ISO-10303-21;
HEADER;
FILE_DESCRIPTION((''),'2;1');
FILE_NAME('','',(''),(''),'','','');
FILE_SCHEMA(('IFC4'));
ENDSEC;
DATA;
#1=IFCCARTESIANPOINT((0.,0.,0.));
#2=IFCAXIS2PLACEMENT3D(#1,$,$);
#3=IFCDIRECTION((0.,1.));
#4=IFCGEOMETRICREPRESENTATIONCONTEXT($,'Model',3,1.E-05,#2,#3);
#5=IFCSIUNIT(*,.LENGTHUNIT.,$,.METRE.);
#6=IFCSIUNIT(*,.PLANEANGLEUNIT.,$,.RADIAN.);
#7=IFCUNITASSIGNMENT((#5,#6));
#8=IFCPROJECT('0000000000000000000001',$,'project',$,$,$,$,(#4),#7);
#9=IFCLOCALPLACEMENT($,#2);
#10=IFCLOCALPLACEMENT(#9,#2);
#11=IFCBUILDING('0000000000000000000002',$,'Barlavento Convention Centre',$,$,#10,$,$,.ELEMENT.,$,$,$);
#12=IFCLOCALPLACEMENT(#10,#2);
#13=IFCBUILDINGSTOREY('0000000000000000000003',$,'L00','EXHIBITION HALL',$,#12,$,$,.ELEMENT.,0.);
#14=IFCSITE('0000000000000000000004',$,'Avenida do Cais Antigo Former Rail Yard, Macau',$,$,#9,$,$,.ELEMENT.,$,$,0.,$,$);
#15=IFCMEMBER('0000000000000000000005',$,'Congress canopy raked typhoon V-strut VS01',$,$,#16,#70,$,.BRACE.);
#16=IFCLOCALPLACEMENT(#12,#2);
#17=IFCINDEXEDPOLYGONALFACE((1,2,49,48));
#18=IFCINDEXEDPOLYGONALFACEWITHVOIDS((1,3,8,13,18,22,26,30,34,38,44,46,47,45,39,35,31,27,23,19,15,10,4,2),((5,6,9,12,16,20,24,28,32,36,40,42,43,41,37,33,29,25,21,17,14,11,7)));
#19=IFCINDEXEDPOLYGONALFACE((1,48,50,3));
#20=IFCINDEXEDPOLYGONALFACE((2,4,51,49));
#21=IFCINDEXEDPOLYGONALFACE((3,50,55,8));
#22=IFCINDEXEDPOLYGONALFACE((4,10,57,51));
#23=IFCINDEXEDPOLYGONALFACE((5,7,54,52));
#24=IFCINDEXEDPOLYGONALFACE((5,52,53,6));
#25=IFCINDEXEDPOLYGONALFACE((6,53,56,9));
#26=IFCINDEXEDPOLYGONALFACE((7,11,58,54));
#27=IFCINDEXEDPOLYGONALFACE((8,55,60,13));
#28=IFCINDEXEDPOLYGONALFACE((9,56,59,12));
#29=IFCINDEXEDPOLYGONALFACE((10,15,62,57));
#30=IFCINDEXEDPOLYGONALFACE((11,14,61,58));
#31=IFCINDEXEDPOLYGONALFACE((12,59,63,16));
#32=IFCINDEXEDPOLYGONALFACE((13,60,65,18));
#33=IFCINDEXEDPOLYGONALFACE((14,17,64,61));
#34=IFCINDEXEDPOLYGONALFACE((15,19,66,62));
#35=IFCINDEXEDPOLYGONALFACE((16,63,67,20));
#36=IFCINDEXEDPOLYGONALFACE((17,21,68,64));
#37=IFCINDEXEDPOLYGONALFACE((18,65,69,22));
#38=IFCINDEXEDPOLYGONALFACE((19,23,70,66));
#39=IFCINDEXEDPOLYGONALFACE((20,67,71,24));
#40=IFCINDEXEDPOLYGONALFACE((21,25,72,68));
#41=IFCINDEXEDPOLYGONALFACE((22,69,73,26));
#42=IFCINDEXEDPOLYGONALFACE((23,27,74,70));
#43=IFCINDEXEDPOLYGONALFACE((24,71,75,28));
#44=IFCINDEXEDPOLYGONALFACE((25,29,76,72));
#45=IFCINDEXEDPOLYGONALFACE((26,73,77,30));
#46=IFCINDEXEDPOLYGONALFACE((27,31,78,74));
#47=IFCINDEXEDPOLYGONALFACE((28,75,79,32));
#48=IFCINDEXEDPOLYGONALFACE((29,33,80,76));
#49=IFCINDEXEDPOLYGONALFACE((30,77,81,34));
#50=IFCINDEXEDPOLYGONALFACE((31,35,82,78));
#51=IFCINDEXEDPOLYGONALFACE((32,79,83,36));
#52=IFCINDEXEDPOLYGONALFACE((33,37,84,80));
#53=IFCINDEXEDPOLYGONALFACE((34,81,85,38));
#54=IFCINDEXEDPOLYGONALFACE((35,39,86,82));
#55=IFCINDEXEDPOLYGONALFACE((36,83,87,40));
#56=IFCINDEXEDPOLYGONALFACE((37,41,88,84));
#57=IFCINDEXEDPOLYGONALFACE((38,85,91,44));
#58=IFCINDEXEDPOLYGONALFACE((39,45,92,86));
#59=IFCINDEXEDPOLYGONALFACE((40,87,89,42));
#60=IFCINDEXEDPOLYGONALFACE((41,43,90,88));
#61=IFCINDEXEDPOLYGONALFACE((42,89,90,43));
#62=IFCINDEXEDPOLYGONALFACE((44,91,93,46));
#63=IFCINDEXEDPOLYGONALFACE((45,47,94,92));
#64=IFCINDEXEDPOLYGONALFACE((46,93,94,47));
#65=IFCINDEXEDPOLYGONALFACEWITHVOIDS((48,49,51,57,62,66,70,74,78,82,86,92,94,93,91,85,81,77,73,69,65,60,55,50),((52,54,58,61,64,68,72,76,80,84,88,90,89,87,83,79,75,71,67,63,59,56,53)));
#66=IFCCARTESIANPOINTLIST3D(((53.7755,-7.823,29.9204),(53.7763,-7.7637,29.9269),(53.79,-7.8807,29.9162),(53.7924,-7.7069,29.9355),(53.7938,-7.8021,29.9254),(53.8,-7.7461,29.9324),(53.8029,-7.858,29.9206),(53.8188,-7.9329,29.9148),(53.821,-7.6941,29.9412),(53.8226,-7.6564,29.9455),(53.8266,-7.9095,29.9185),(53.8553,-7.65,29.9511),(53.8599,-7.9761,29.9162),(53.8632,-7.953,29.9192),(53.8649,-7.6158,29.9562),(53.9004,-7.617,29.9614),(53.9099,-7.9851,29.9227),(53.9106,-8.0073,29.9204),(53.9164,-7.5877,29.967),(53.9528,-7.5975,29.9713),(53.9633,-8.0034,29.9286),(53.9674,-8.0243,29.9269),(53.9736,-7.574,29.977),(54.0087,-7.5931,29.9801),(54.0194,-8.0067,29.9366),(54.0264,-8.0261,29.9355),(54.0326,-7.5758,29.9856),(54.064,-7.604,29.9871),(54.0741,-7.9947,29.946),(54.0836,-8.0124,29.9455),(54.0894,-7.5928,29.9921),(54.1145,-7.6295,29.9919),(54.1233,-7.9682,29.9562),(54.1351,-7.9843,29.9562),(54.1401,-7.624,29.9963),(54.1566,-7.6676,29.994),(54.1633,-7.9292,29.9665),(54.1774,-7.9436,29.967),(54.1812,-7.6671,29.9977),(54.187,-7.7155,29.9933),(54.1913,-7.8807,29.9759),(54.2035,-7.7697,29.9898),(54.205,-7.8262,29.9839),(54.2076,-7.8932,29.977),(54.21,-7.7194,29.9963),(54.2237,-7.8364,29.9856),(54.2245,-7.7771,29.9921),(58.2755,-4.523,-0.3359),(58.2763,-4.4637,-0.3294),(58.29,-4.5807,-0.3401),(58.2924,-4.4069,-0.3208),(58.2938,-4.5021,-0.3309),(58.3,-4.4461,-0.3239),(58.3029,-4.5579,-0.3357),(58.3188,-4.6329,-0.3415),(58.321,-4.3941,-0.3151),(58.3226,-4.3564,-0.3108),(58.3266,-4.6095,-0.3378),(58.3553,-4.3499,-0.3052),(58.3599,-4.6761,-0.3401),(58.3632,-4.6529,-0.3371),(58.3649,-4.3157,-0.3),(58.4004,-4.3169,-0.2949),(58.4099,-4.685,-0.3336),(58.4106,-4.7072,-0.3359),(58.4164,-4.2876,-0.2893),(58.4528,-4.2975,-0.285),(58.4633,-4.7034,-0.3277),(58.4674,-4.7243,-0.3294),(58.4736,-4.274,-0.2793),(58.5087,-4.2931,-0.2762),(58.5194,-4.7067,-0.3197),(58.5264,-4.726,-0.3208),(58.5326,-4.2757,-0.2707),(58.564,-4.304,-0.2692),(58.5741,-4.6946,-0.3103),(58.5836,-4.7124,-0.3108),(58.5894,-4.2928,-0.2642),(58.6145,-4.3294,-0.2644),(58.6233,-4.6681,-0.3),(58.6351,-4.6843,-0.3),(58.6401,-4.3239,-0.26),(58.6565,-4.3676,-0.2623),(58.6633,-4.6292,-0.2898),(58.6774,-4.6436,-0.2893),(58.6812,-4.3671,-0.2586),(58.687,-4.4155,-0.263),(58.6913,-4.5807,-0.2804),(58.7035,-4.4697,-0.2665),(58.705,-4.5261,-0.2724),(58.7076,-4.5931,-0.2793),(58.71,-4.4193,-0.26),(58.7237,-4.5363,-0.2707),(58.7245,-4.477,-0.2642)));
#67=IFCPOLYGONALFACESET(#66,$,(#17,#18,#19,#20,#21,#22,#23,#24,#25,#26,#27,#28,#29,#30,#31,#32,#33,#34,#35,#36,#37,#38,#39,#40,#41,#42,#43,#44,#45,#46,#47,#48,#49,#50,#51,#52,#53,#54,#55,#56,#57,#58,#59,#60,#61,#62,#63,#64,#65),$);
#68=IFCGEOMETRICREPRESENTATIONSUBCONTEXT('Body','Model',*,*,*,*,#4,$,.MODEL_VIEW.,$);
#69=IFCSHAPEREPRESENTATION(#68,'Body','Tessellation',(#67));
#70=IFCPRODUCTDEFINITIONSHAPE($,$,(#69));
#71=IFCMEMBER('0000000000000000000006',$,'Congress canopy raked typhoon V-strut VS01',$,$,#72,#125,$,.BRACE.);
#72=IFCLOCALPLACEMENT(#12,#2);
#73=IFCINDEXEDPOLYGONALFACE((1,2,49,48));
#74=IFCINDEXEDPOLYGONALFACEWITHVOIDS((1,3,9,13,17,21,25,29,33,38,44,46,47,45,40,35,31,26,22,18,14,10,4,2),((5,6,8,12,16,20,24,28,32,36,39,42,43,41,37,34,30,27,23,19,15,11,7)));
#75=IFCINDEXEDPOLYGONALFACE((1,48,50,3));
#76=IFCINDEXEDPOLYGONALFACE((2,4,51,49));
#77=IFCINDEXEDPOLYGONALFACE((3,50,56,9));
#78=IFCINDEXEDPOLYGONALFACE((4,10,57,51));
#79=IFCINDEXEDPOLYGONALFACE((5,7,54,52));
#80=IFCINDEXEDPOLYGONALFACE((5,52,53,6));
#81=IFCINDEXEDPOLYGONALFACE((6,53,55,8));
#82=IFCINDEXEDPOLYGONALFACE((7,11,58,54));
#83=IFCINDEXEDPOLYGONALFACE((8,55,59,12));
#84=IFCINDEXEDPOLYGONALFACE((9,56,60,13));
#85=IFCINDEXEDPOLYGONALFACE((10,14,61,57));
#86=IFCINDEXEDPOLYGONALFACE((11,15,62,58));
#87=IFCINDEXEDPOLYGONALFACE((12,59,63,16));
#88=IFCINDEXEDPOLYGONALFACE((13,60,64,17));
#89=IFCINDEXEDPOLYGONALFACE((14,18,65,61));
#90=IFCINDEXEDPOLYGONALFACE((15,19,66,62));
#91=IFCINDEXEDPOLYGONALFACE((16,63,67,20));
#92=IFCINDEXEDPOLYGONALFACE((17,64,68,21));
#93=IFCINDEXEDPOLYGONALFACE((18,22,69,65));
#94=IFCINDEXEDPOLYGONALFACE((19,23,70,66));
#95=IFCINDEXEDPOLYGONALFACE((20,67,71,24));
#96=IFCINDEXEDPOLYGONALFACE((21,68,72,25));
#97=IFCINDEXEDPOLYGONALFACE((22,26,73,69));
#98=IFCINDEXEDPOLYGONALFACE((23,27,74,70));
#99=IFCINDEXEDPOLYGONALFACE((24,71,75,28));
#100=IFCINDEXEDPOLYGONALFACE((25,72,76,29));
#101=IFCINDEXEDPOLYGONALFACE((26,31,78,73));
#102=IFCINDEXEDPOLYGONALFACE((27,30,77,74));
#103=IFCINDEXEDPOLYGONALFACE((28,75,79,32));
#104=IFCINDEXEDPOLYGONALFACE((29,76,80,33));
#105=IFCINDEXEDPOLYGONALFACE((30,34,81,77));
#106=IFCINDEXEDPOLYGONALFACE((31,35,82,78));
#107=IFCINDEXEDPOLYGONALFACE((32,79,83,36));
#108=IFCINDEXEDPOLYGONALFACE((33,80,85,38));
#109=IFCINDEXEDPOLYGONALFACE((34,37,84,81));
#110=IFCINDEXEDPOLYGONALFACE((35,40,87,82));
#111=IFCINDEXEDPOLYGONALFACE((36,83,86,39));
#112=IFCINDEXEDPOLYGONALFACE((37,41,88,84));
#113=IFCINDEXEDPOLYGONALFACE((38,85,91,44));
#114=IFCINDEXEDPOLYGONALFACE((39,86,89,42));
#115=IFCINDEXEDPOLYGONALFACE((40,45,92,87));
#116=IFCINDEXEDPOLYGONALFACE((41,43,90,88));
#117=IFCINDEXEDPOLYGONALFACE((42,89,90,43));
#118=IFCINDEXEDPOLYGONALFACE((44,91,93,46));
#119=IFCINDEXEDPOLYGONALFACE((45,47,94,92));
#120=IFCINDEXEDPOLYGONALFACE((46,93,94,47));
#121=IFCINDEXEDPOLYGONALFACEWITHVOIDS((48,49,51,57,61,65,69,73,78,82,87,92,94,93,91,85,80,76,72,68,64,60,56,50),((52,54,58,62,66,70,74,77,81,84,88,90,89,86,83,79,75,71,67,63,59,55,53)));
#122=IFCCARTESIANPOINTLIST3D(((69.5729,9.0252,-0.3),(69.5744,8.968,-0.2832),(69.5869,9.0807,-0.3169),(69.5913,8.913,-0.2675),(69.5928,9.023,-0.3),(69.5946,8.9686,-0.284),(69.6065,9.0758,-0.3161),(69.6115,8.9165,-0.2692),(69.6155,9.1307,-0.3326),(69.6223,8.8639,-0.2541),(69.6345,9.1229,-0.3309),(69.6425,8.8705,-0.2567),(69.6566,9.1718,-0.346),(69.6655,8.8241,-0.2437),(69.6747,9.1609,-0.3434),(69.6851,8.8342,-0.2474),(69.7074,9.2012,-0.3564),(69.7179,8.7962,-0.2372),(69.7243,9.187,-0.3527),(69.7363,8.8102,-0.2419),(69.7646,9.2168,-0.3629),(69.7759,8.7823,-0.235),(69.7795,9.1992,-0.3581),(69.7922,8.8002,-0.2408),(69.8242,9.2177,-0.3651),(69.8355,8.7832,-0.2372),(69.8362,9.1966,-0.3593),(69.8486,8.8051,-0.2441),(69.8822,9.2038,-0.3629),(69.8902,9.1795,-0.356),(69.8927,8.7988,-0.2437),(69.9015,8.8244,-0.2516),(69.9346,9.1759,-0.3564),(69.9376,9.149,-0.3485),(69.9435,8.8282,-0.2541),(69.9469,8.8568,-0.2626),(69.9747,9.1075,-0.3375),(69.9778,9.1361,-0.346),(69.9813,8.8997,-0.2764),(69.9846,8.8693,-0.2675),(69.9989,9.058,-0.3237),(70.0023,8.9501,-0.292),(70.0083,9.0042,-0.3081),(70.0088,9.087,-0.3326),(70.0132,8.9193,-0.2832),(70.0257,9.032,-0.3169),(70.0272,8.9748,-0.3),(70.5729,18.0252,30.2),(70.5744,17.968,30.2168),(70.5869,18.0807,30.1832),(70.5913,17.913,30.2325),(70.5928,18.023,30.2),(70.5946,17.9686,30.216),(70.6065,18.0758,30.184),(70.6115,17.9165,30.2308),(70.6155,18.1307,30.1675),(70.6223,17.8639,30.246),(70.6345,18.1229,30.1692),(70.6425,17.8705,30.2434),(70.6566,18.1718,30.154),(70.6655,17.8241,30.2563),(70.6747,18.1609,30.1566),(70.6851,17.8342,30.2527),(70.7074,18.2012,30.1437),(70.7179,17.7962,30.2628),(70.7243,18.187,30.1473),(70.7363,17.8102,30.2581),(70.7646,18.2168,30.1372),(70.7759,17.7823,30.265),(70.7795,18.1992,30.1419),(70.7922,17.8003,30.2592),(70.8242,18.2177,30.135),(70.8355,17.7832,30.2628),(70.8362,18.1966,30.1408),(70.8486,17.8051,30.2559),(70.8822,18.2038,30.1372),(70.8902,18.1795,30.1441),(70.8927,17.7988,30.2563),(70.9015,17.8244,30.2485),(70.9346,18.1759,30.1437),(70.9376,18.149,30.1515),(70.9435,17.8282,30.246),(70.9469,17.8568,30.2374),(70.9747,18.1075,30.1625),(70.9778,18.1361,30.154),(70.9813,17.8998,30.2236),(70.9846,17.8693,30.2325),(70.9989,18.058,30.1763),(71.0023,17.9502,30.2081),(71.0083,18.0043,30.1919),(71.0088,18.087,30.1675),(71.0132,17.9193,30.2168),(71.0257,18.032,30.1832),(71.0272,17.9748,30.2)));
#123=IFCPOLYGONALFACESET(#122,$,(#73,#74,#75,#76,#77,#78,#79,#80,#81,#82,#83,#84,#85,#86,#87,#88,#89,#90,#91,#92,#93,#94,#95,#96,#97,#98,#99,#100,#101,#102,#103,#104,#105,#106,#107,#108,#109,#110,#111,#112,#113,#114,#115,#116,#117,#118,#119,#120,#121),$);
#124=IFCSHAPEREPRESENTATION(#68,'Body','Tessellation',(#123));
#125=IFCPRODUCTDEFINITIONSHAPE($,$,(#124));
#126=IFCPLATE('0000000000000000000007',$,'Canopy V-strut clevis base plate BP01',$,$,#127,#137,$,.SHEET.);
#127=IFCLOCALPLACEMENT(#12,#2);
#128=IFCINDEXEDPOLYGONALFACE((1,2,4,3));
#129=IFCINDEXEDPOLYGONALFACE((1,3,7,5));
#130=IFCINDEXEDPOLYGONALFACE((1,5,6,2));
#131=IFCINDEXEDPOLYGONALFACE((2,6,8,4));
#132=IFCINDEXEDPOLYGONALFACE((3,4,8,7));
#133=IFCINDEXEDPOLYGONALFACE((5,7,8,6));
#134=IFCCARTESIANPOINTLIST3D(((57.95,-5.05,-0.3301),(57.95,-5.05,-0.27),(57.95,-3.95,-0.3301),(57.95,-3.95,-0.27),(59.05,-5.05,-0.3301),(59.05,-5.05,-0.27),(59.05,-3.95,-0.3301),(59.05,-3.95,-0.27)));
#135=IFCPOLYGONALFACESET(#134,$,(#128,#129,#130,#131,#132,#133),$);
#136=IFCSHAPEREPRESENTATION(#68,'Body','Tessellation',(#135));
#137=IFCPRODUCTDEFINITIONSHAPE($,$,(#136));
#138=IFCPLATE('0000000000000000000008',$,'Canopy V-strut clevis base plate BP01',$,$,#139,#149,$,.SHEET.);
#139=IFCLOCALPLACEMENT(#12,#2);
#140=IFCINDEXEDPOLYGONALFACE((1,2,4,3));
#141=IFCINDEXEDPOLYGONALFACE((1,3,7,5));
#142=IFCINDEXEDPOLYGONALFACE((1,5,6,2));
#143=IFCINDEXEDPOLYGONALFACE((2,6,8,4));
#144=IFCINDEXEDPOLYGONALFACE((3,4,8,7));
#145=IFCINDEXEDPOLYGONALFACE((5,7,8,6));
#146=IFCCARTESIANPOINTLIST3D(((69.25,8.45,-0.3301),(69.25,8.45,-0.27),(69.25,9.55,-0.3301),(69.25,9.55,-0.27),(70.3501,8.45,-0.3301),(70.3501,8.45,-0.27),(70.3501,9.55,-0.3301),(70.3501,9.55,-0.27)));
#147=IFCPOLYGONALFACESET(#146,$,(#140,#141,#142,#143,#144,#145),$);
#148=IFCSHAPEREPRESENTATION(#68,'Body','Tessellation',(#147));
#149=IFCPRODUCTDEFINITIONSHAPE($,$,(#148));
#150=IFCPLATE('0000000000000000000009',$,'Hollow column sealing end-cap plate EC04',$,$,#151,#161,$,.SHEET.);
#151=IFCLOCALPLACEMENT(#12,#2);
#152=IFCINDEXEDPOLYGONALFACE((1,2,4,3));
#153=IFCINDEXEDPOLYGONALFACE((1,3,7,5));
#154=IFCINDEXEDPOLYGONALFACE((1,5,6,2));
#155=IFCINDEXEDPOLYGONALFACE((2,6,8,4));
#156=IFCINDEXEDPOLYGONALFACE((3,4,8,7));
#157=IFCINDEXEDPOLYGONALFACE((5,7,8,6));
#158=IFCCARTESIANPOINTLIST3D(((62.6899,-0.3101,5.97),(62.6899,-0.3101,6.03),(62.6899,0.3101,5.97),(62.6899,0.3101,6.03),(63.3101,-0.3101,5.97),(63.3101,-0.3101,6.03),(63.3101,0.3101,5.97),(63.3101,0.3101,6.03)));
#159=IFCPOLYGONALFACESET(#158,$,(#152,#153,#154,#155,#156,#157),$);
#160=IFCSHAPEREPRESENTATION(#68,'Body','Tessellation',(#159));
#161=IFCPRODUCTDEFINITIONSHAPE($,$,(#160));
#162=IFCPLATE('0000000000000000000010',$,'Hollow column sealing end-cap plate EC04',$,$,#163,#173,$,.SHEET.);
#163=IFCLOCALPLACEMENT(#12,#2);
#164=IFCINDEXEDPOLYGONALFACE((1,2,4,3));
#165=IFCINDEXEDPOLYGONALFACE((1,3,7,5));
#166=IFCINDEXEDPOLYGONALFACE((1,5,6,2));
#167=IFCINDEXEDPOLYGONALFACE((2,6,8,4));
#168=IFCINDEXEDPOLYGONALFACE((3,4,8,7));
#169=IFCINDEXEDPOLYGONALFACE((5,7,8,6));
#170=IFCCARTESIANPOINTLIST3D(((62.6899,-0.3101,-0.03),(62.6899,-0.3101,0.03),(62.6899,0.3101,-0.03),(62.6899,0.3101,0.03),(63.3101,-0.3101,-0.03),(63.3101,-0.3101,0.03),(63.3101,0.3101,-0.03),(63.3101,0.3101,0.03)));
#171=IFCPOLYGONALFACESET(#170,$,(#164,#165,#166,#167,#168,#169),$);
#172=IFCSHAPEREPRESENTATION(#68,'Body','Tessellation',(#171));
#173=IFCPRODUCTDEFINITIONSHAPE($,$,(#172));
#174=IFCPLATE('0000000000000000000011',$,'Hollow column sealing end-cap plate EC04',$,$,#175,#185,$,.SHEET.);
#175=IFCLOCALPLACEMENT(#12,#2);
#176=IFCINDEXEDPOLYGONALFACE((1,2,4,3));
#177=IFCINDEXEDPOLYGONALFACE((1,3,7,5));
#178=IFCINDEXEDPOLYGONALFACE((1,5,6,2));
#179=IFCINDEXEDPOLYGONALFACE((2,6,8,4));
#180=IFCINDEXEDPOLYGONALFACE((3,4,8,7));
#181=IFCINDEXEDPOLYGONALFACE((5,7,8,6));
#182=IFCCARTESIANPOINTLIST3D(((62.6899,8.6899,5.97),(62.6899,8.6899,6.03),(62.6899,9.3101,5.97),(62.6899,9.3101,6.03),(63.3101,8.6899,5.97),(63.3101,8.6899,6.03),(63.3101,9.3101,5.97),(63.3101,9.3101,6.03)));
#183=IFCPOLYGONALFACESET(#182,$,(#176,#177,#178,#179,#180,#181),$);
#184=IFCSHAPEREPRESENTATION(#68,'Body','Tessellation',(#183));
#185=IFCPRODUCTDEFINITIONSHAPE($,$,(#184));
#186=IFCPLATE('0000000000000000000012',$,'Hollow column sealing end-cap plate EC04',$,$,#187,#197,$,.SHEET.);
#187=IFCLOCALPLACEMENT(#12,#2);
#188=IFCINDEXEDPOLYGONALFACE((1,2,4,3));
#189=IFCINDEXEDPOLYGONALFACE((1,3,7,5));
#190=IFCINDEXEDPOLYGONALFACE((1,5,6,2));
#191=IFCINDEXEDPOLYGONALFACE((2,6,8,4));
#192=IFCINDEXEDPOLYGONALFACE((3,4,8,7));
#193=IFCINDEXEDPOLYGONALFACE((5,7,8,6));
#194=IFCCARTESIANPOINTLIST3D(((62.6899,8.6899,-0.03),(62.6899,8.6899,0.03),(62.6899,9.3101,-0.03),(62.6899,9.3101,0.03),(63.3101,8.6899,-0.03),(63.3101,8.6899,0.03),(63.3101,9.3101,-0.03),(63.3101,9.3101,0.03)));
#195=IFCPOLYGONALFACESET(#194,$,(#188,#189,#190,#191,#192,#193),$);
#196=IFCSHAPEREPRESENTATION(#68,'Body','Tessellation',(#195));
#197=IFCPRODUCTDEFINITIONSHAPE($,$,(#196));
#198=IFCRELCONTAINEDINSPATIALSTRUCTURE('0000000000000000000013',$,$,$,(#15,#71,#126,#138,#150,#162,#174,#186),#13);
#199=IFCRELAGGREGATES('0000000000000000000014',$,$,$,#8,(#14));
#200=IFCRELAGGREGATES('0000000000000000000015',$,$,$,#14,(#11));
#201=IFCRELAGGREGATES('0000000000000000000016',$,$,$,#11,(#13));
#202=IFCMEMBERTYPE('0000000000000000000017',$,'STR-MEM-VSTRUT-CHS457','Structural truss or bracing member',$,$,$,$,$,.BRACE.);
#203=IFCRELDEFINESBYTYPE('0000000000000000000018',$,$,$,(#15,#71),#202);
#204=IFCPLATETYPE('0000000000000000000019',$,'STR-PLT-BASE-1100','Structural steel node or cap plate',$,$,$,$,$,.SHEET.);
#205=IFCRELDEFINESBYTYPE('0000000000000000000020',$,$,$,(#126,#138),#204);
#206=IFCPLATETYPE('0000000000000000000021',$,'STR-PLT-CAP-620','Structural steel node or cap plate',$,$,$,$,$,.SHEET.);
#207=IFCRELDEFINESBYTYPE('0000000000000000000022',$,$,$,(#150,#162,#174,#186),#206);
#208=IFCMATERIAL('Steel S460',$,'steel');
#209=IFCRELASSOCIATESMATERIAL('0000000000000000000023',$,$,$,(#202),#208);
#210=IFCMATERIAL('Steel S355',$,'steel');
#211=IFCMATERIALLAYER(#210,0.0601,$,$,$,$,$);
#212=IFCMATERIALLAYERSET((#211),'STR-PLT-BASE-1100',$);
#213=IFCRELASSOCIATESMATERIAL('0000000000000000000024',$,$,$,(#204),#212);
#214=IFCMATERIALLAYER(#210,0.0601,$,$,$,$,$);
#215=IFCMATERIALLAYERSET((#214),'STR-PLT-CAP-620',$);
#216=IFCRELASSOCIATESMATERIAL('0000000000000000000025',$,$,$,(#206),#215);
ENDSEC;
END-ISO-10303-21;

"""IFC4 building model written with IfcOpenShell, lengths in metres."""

from ifc_helpers import new_model, si_unit, direction, frame, origin, origin_2d, place, context, subcontext, project, spatial, rectangle, hollow_circle, extrude, material, layer, layer_set, material_profile, profile_set, type_object, element, save


model = new_model("IFC4")

# Units and contexts
model_context = context("Model", 3, precision=1e-05, world=origin(), true_north=direction((0.0, 1.0)))
body_context = subcontext(model_context, "Body", "Model", "MODEL_VIEW")
ifc_project = project(units=[si_unit("LENGTHUNIT", "METRE"), si_unit("PLANEANGLEUNIT", "RADIAN")], contexts=[model_context])

# Site, building, storey
site_placement = place(None, origin())
site = spatial("IfcSite", under=ifc_project, at=site_placement, Name="Avenida do Cais Antigo Former Rail Yard, Macau", CompositionType="ELEMENT", RefElevation=0.0)
building_placement = place(site_placement, origin())
building = spatial("IfcBuilding", under=site, at=building_placement, Name="Barlavento Convention Centre", CompositionType="ELEMENT")
storey_placement = place(building_placement, origin())
storey = spatial("IfcBuildingStorey", under=building, at=storey_placement, Name="L00", Description="EXHIBITION HALL", CompositionType="ELEMENT", Elevation=0.0)

# Shared definitions
ifc_material_1 = material(Name="Steel S460", Category="steel")

# Shared definitions
ifc_material_2 = material(Name="Steel S355", Category="steel")

# Members
ifc_material_profile_1 = material_profile(ifc_material_1, hollow_circle(Radius=0.2285, WallThickness=0.02, at=origin_2d()), Name="CHS 457.0x20.0")
ifc_profile_set_1 = profile_set([ifc_material_profile_1], Name="Steel S460")
member_type_1 = type_object("IfcMemberType", Name="STR-MEM-VSTRUT-CHS457", Description="Structural truss or bracing member", PredefinedType="BRACE", material=ifc_profile_set_1)
member_1_placement = place(storey_placement, frame((58.5, -4.5, -0.3), z_axis=(-0.146262, -0.107261, 0.983414), x_axis=(0.591369, -0.806401, 0.0)))
element("IfcMember", 1, at=member_1_placement, inside=storey, type_object=member_type_1, Name="Congress canopy raked typhoon V-strut VS01", PredefinedType="BRACE", context=body_context, shape_type="SweptSolid", body=[
    extrude(hollow_circle(Radius=0.2285, WallThickness=0.02, at=origin_2d()), origin(), (0.0, 0.0, 1.0), 30.7666),
])
member_2_placement = place(storey_placement, frame((69.8, 9.0, -0.3), z_axis=(0.031431, 0.282878, 0.958641), x_axis=(-0.993884, 0.110432, 0.0)))
element("IfcMember", 2, at=member_2_placement, inside=storey, type_object=member_type_1, Name="Congress canopy raked typhoon V-strut VS01", PredefinedType="BRACE", context=body_context, shape_type="SweptSolid", body=[
    extrude(hollow_circle(Radius=0.2285, WallThickness=0.02, at=origin_2d()), origin(), (0.0, 0.0, 1.0), 31.8159),
])

# Plates
ifc_layer_1 = layer(ifc_material_2, 0.0601)
ifc_layer_set_1 = layer_set([ifc_layer_1], Name="STR-PLT-BASE-1100")
plate_type_1 = type_object("IfcPlateType", Name="STR-PLT-BASE-1100", Description="Structural steel node or cap plate", PredefinedType="SHEET", material=ifc_layer_set_1)
for number, where, z_axis, x_axis, name in (
    (3, (58.5, -4.5, -0.3301), (0.0, 0.0, 1.0), (1.0, 0.0, 0.0), "Canopy V-strut clevis base plate BP01"),
    (4, (69.8, 9.0, -0.3301), (0.0, 0.0, 1.0), (1.0, 0.0, 0.0), "Canopy V-strut clevis base plate BP01"),
):
    element("IfcPlate", number, at=place(storey_placement, frame(where, z_axis=z_axis, x_axis=x_axis)), inside=storey, type_object=plate_type_1, Name=name, PredefinedType="SHEET", context=body_context, shape_type="SweptSolid", body=[
        extrude(rectangle(XDim=1.1001, YDim=1.1001, at=origin_2d()), origin(), (0.0, 0.0, 1.0), 0.0601),
    ])
ifc_layer_2 = layer(ifc_material_2, 0.0601)
ifc_layer_set_2 = layer_set([ifc_layer_2], Name="STR-PLT-CAP-620")
plate_type_2 = type_object("IfcPlateType", Name="STR-PLT-CAP-620", Description="Structural steel node or cap plate", PredefinedType="SHEET", material=ifc_layer_set_2)
for number, where, z_axis, x_axis, name in (
    (5, (63.0, 0.0, 5.97), (0.0, 0.0, 1.0), (1.0, 0.0, 0.0), "Hollow column sealing end-cap plate EC04"),
    (6, (63.0, 0.0, -0.03), (0.0, 0.0, 1.0), (1.0, 0.0, 0.0), "Hollow column sealing end-cap plate EC04"),
    (7, (63.0, 9.0, 5.97), (0.0, 0.0, 1.0), (1.0, 0.0, 0.0), "Hollow column sealing end-cap plate EC04"),
    (8, (63.0, 9.0, -0.03), (0.0, 0.0, 1.0), (1.0, 0.0, 0.0), "Hollow column sealing end-cap plate EC04"),
):
    element("IfcPlate", number, at=place(storey_placement, frame(where, z_axis=z_axis, x_axis=x_axis)), inside=storey, type_object=plate_type_2, Name=name, PredefinedType="SHEET", context=body_context, shape_type="SweptSolid", body=[
        extrude(rectangle(XDim=0.6201, YDim=0.6201, at=origin_2d()), origin(), (0.0, 0.0, 1.0), 0.0601),
    ])

save(model, "model.ifc")
